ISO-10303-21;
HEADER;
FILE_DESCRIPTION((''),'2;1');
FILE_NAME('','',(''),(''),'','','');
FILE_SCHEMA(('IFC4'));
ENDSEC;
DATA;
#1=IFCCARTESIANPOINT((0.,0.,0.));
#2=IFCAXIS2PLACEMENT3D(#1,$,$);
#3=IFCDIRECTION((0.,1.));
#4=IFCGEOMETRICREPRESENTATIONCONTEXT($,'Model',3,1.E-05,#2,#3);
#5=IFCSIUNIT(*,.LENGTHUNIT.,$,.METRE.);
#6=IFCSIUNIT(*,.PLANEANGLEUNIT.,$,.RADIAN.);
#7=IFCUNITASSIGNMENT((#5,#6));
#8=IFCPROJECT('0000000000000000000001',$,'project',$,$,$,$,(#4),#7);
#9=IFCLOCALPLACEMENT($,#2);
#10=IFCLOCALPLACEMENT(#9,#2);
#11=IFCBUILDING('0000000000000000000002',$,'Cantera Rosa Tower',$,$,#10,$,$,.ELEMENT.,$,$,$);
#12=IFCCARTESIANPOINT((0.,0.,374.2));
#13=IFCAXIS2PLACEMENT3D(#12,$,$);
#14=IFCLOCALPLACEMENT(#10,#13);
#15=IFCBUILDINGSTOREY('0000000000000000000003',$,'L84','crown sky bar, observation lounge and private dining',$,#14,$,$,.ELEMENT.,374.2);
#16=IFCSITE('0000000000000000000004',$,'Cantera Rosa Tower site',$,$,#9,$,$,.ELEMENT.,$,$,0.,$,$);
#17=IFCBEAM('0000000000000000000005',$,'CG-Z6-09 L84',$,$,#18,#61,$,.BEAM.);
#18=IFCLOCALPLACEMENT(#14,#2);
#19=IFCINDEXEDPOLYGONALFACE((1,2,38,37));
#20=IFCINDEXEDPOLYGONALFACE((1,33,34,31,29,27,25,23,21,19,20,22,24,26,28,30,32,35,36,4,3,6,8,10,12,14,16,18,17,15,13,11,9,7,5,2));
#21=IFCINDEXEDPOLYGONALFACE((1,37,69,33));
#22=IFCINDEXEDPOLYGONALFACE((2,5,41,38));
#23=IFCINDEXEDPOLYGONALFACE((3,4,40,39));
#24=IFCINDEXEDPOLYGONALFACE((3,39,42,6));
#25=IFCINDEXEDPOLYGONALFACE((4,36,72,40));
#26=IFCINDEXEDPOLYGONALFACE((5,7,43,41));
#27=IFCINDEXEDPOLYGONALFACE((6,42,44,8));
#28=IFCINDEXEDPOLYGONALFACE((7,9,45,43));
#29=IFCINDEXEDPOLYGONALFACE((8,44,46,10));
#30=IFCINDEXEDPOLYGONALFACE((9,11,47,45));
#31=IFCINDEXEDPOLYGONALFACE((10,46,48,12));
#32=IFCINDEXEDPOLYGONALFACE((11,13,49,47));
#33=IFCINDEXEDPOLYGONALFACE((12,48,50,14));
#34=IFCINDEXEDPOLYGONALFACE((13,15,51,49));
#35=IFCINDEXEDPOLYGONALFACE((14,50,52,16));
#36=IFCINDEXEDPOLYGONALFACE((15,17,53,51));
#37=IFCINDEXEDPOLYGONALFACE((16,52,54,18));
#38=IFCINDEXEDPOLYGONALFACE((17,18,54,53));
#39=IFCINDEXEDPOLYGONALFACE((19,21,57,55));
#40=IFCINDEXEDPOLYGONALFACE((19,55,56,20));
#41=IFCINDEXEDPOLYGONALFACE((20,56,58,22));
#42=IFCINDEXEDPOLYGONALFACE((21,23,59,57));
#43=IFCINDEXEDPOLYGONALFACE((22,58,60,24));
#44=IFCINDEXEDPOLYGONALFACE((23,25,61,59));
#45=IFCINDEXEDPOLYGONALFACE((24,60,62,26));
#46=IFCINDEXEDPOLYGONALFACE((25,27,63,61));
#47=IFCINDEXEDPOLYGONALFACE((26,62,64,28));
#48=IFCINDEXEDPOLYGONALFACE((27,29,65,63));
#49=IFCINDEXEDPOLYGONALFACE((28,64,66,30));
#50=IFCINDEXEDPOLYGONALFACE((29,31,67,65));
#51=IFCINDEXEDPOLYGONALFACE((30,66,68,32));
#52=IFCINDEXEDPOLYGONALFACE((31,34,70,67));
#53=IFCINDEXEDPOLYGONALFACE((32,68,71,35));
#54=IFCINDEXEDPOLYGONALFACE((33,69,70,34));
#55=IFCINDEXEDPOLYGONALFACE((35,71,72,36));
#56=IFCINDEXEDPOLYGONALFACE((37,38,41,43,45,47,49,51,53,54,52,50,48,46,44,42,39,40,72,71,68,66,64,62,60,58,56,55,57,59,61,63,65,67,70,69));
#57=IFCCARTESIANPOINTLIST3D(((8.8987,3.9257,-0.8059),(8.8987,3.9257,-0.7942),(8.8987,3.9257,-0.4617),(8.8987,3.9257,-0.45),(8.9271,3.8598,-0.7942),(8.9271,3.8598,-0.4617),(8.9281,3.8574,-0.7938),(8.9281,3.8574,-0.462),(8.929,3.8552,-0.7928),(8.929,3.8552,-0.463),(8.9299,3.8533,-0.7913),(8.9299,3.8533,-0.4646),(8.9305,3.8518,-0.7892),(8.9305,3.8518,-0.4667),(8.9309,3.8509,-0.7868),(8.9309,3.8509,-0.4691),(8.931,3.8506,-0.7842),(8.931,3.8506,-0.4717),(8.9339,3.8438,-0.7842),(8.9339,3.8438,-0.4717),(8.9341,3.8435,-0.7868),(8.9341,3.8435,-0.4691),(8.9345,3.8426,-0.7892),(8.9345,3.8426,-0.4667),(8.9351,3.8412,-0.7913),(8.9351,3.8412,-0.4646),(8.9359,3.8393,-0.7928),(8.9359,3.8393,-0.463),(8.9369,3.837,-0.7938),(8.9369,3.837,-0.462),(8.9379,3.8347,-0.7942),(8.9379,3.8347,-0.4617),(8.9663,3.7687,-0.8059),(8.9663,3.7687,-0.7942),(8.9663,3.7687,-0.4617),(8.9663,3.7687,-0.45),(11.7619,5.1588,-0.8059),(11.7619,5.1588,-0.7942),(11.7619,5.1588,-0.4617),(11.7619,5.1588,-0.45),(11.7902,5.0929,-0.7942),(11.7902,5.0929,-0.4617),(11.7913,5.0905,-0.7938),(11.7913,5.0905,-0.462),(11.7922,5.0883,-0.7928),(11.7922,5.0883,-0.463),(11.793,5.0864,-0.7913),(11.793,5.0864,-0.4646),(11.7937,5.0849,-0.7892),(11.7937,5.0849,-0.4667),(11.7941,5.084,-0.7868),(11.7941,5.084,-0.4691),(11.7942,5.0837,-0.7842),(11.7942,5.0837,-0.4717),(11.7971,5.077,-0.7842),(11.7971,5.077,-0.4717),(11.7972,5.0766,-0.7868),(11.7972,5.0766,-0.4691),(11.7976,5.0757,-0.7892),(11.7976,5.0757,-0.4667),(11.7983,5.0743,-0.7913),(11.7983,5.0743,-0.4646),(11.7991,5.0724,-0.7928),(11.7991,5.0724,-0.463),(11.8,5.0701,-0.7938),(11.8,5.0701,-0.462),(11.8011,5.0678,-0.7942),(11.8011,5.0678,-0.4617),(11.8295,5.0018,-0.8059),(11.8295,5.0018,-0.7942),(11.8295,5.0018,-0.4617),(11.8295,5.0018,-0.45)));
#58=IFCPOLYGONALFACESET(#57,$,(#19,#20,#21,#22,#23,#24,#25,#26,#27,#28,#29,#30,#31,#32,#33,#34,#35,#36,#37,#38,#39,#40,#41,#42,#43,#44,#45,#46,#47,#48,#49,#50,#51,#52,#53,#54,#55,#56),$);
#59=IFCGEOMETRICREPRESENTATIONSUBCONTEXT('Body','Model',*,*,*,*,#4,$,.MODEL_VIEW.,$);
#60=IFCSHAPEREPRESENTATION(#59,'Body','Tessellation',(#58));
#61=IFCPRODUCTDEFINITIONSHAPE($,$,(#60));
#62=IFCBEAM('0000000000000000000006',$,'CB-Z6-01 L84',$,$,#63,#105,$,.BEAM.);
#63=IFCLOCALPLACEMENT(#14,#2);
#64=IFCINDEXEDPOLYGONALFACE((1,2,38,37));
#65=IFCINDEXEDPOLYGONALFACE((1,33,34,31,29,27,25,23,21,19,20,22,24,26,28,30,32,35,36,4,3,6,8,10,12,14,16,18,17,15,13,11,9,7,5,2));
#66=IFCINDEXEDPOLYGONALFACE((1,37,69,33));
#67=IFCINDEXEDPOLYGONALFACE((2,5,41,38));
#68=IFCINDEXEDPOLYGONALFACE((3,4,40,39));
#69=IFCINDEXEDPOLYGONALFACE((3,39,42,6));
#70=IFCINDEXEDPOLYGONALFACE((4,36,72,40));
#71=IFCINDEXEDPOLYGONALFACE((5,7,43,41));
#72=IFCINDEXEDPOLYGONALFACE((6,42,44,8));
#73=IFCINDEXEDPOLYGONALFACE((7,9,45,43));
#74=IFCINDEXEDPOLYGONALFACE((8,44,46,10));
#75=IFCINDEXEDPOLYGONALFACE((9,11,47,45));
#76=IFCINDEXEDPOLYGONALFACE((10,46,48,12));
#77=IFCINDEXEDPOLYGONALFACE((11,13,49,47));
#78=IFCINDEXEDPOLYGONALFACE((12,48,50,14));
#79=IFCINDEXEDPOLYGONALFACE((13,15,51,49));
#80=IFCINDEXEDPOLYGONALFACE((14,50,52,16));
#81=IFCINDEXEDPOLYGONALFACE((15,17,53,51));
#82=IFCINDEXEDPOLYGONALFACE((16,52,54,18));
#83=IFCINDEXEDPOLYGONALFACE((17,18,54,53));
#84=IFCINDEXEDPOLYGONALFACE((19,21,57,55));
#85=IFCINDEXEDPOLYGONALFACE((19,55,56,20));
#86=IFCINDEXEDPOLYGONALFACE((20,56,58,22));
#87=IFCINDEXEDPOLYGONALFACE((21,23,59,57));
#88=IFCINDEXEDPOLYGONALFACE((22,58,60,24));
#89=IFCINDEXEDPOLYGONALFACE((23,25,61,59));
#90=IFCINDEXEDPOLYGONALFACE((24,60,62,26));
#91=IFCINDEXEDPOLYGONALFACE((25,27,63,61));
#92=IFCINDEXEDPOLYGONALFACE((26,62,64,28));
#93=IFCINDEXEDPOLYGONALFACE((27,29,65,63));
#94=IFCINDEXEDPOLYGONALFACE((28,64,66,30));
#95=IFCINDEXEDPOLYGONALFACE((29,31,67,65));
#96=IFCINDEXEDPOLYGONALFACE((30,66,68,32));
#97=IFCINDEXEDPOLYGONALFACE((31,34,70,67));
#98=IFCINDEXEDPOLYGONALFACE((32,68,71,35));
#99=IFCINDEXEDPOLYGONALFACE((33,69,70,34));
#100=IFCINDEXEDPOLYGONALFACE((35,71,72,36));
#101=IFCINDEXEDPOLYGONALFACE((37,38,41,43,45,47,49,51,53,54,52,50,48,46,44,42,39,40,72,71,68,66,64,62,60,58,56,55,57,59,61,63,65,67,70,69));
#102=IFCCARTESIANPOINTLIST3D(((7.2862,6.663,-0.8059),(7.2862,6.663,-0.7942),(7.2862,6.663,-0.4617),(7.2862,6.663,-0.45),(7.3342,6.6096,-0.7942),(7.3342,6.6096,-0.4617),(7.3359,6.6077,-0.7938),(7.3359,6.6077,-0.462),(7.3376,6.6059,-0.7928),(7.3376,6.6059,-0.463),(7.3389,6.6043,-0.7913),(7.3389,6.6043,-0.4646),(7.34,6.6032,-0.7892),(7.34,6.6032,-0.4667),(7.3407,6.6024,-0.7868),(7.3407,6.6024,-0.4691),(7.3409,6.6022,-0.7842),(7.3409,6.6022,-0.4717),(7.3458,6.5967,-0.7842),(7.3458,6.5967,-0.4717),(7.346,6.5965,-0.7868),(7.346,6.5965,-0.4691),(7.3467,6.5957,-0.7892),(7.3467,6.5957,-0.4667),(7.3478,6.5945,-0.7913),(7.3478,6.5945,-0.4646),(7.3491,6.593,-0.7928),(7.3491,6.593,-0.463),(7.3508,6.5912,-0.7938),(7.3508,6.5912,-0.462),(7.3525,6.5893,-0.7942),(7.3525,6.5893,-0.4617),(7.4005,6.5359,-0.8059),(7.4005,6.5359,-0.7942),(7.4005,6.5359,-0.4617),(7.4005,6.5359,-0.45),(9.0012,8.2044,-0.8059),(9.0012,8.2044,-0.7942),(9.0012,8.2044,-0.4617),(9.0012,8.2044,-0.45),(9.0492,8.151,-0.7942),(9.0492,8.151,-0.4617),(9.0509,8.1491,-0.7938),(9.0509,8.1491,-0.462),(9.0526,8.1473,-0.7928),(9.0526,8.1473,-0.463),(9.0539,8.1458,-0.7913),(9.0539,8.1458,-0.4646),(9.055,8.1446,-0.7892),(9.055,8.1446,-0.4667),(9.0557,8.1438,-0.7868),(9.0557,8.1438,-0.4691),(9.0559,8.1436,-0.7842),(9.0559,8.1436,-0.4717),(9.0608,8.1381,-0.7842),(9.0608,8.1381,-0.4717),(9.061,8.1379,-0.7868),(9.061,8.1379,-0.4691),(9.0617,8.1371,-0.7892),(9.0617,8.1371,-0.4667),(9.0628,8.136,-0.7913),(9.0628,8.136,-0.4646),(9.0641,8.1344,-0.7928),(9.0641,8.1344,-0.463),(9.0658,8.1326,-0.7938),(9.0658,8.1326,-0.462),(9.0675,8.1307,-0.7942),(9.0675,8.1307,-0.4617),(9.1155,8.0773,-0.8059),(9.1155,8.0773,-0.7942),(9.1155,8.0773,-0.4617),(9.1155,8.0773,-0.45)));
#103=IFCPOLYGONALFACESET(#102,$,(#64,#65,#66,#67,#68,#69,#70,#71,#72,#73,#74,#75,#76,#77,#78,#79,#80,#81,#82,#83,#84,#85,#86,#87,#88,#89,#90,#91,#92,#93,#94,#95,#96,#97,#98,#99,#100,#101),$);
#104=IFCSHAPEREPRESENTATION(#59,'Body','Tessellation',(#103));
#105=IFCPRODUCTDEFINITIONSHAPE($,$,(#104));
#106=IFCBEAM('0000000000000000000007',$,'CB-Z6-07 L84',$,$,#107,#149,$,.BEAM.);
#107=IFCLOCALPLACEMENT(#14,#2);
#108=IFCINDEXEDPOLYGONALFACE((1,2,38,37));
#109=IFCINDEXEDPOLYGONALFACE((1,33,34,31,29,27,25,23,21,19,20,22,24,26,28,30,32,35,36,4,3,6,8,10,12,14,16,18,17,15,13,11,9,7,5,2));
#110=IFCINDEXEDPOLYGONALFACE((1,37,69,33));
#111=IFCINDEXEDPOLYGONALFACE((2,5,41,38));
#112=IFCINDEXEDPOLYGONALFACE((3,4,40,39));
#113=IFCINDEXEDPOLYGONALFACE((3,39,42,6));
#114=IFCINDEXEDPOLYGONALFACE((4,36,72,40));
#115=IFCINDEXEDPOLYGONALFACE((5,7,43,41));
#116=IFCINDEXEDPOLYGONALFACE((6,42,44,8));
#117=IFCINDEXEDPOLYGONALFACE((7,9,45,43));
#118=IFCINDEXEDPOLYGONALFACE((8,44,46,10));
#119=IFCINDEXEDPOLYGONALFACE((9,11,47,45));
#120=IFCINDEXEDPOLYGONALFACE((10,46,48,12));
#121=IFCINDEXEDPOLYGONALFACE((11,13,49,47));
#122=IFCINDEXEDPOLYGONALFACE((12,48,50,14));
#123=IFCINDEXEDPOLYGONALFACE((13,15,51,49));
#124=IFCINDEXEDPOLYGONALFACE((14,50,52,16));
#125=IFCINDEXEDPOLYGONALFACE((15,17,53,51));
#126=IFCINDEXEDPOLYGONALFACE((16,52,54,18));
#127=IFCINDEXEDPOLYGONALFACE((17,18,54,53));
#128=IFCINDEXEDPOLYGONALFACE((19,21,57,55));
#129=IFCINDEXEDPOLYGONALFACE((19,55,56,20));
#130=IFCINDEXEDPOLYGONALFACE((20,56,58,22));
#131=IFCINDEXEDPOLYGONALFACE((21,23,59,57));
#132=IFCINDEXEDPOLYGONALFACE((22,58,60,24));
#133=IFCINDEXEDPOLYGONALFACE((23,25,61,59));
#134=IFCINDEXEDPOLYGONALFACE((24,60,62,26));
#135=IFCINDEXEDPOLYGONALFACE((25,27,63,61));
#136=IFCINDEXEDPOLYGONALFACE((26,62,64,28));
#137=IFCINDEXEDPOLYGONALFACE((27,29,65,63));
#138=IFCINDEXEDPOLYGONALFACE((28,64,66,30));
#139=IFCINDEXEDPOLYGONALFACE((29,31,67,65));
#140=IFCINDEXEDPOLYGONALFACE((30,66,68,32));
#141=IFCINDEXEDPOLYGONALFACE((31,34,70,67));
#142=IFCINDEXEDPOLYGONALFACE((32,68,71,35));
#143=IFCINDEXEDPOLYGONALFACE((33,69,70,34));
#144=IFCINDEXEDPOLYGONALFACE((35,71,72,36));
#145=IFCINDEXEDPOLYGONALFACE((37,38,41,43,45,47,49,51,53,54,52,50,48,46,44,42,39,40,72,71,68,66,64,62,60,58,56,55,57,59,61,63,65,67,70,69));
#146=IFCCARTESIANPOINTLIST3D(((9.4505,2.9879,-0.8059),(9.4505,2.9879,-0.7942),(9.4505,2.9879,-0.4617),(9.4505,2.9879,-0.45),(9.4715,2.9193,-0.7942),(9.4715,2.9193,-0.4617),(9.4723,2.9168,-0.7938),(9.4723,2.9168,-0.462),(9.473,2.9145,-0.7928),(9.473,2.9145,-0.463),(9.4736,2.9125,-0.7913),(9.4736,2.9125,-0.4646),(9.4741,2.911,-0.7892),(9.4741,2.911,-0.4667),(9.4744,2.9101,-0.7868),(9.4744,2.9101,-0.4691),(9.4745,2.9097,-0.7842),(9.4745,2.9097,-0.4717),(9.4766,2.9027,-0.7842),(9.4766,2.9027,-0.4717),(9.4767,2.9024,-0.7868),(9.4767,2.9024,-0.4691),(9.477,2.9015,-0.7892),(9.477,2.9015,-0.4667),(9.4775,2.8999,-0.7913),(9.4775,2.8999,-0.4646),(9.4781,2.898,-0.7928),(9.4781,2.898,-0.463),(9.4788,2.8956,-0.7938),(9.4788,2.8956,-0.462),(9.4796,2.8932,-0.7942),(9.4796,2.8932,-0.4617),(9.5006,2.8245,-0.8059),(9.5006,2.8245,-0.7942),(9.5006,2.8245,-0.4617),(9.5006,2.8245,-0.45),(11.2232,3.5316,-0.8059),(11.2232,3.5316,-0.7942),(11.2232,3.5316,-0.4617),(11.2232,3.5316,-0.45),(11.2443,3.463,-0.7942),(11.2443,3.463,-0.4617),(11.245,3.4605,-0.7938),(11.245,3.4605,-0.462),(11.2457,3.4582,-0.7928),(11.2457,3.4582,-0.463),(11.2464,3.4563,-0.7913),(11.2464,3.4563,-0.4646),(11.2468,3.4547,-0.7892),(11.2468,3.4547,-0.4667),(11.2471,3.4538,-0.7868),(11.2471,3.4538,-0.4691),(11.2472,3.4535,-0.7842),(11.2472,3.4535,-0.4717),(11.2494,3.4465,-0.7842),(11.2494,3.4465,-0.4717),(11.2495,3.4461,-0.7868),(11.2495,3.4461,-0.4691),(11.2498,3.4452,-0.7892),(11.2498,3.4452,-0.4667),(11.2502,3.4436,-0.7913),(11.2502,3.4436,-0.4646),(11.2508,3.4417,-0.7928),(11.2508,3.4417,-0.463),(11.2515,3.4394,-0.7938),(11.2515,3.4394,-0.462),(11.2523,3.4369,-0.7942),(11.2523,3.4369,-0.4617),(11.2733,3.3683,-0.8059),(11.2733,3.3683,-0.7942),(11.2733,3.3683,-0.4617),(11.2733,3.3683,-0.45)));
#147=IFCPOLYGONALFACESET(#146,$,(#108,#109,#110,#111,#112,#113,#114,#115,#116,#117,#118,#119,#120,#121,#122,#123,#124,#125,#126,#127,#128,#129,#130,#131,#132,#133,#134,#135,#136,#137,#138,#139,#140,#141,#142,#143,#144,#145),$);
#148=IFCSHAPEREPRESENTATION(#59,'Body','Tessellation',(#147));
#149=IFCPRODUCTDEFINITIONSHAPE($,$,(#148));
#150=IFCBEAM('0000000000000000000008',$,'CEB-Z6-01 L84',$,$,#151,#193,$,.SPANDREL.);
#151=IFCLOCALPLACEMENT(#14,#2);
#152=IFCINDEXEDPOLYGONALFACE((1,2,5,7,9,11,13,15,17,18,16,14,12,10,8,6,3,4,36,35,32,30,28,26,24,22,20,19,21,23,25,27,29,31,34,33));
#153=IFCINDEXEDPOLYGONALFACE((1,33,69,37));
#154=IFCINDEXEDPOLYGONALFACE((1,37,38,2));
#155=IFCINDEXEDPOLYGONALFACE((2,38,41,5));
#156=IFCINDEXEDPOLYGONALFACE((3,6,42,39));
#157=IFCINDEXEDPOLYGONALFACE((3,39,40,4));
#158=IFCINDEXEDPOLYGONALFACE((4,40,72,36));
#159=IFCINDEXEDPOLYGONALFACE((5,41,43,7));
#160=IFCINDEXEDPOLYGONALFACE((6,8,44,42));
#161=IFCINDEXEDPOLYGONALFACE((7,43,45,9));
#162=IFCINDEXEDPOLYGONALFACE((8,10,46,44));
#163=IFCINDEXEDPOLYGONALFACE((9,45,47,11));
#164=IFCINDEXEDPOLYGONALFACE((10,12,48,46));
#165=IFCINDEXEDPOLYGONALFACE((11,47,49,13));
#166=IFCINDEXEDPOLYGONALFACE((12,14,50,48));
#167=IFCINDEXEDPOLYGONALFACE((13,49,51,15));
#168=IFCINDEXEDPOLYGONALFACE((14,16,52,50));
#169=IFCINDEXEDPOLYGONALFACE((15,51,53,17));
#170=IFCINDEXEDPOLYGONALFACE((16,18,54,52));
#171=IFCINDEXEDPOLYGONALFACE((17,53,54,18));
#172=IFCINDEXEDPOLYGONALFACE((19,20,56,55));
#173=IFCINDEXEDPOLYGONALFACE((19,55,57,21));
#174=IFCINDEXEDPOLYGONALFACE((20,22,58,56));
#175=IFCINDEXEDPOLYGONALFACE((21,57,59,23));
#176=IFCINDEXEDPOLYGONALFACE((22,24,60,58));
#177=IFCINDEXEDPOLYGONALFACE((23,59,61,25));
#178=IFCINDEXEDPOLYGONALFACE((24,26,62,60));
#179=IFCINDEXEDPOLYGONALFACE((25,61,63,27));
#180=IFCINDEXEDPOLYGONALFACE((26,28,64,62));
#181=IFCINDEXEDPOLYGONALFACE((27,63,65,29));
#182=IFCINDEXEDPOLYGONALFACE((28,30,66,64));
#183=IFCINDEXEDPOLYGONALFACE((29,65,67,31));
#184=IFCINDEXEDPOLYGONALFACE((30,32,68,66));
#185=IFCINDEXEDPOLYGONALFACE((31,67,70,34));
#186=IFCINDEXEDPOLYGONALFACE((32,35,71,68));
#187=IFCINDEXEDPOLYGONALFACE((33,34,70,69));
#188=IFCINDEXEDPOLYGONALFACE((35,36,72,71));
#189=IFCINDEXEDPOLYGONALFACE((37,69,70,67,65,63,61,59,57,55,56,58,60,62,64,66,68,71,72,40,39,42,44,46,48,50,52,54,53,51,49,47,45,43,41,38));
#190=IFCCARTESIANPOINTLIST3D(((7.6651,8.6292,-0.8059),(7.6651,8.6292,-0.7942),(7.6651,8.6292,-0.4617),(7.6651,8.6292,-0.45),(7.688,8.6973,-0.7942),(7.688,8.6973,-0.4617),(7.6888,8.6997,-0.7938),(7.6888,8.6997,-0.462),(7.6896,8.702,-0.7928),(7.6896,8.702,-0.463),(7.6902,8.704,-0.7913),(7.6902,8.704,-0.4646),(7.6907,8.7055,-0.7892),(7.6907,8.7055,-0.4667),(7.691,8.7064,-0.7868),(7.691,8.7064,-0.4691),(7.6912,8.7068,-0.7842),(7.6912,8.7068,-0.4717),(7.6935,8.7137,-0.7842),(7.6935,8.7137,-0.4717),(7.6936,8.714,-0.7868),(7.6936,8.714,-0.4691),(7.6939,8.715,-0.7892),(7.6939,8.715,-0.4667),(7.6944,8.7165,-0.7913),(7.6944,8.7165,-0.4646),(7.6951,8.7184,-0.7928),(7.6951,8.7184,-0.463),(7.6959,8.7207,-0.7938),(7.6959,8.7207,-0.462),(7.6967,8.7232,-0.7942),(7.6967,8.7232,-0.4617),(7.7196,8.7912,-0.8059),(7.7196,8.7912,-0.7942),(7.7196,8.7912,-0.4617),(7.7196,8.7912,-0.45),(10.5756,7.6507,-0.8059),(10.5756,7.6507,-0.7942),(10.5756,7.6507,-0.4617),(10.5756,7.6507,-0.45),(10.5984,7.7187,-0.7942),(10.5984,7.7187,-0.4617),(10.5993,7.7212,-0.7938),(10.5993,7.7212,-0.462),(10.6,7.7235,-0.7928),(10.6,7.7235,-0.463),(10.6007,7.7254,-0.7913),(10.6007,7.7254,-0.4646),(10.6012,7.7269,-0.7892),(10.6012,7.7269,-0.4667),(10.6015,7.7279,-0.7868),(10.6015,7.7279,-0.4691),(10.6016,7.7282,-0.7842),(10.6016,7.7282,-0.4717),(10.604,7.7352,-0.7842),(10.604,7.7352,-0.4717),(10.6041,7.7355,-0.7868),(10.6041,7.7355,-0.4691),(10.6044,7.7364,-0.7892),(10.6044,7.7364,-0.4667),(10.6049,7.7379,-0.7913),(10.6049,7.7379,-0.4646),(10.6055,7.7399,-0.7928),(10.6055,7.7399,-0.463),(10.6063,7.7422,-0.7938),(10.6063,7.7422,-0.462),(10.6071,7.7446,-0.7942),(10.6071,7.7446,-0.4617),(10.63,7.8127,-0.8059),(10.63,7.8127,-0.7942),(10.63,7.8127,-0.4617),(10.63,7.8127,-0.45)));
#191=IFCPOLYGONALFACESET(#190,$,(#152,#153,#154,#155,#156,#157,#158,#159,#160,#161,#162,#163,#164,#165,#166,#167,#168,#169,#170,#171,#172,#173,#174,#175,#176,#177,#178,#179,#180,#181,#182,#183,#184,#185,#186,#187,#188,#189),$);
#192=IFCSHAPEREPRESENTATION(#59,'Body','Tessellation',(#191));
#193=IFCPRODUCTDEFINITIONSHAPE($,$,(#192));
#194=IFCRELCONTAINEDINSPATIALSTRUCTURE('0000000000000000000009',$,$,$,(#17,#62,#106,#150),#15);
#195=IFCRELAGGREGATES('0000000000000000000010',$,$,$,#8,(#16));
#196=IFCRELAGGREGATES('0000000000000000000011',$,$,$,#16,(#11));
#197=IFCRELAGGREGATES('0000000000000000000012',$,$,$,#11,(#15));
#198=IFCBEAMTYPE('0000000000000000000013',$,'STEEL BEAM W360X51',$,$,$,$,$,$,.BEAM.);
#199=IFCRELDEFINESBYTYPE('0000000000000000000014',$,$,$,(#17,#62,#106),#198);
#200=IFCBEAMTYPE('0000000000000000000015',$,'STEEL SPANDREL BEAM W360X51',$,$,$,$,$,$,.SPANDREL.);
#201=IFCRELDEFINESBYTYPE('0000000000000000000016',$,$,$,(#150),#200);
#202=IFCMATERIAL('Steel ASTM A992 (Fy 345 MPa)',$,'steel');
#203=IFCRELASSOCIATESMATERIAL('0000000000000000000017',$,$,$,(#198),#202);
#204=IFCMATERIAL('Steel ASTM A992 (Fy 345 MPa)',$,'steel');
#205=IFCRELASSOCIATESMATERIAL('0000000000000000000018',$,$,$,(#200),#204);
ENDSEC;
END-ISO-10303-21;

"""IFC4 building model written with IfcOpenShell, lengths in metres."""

from ifc_helpers import new_model, si_unit, direction, frame, origin, origin_2d, place, context, subcontext, project, spatial, i_section, extrude, material, material_profile, profile_set, type_object, element, save


model = new_model("IFC4")

# Units and contexts
model_context = context("Model", 3, precision=1e-05, world=origin(), true_north=direction((0.0, 1.0)))
body_context = subcontext(model_context, "Body", "Model", "MODEL_VIEW")
ifc_project = project(units=[si_unit("LENGTHUNIT", "METRE"), si_unit("PLANEANGLEUNIT", "RADIAN")], contexts=[model_context])

# Site, building, storey
site_placement = place(None, origin())
site = spatial("IfcSite", under=ifc_project, at=site_placement, Name="Cantera Rosa Tower site", CompositionType="ELEMENT", RefElevation=0.0)
building_placement = place(site_placement, origin())
building = spatial("IfcBuilding", under=site, at=building_placement, Name="Cantera Rosa Tower", CompositionType="ELEMENT")
storey_placement = place(building_placement, frame((0.0, 0.0, 374.2)))
storey = spatial("IfcBuildingStorey", under=building, at=storey_placement, Name="L84", Description="crown sky bar, observation lounge and private dining", CompositionType="ELEMENT", Elevation=374.2)

# Beams
ifc_material_1 = material(Name="Steel ASTM A992 (Fy 345 MPa)", Category="steel")
ifc_material_profile_1 = material_profile(ifc_material_1, i_section(OverallWidth=0.1709, OverallDepth=0.356, WebThickness=0.0073, FlangeThickness=0.0117, FilletRadius=0.01, at=origin_2d()), Name="W360X51")
ifc_profile_set_1 = profile_set([ifc_material_profile_1], Name="Steel ASTM A992 (Fy 345 MPa)")
beam_type_1 = type_object("IfcBeamType", Name="STEEL BEAM W360X51", PredefinedType="BEAM", material=ifc_profile_set_1)
beam_1_placement = place(storey_placement, frame((11.7957, 5.0803, -0.6279), z_axis=(-0.918443, -0.395554, 0.0), x_axis=(0.395554, -0.918443, 0.0)))
element("IfcBeam", 1, at=beam_1_placement, inside=storey, type_object=beam_type_1, Name="CG-Z6-09 L84", PredefinedType="BEAM", context=body_context, shape_type="SweptSolid", body=[
    extrude(i_section(OverallWidth=0.1709, OverallDepth=0.356, WebThickness=0.0073, FlangeThickness=0.0117, FilletRadius=0.01, at=origin_2d()), origin(), (0.0, 0.0, 1.0), 3.1174),
])
beam_2_placement = place(storey_placement, frame((9.0583, 8.1409, -0.6279), z_axis=(-0.743741, -0.668467, 0.0), x_axis=(0.668467, -0.743741, 0.0)))
element("IfcBeam", 2, at=beam_2_placement, inside=storey, type_object=beam_type_1, Name="CB-Z6-01 L84", PredefinedType="BEAM", context=body_context, shape_type="SweptSolid", body=[
    extrude(i_section(OverallWidth=0.1709, OverallDepth=0.356, WebThickness=0.0073, FlangeThickness=0.0117, FilletRadius=0.01, at=origin_2d()), origin(), (0.0, 0.0, 1.0), 2.3059),
])
beam_3_placement = place(storey_placement, frame((11.2483, 3.45, -0.6279), z_axis=(-0.956043, -0.293225, 0.0), x_axis=(0.293225, -0.956043, 0.0)))
element("IfcBeam", 3, at=beam_3_placement, inside=storey, type_object=beam_type_1, Name="CB-Z6-07 L84", PredefinedType="BEAM", context=body_context, shape_type="SweptSolid", body=[
    extrude(i_section(OverallWidth=0.1709, OverallDepth=0.356, WebThickness=0.0073, FlangeThickness=0.0117, FilletRadius=0.01, at=origin_2d()), origin(), (0.0, 0.0, 1.0), 1.8542),
])
ifc_material_2 = material(Name="Steel ASTM A992 (Fy 345 MPa)", Category="steel")
ifc_material_profile_2 = material_profile(ifc_material_2, i_section(OverallWidth=0.1709, OverallDepth=0.356, WebThickness=0.0073, FlangeThickness=0.0117, FilletRadius=0.01, at=origin_2d()), Name="W360X51")
ifc_profile_set_2 = profile_set([ifc_material_profile_2], Name="Steel ASTM A992 (Fy 345 MPa)")
beam_type_2 = type_object("IfcBeamType", Name="STEEL SPANDREL BEAM W360X51", PredefinedType="SPANDREL", material=ifc_profile_set_2)
beam_4_placement = place(storey_placement, frame((10.6028, 7.7317, -0.6279), z_axis=(-0.947861, 0.318684, 0.0), x_axis=(-0.318684, -0.947861, 0.0)))
element("IfcBeam", 4, at=beam_4_placement, inside=storey, type_object=beam_type_2, Name="CEB-Z6-01 L84", PredefinedType="SPANDREL", context=body_context, shape_type="SweptSolid", body=[
    extrude(i_section(OverallWidth=0.1709, OverallDepth=0.356, WebThickness=0.0073, FlangeThickness=0.0117, FilletRadius=0.01, at=origin_2d()), origin(), (0.0, 0.0, 1.0), 3.0706),
])

save(model, "model.ifc")
